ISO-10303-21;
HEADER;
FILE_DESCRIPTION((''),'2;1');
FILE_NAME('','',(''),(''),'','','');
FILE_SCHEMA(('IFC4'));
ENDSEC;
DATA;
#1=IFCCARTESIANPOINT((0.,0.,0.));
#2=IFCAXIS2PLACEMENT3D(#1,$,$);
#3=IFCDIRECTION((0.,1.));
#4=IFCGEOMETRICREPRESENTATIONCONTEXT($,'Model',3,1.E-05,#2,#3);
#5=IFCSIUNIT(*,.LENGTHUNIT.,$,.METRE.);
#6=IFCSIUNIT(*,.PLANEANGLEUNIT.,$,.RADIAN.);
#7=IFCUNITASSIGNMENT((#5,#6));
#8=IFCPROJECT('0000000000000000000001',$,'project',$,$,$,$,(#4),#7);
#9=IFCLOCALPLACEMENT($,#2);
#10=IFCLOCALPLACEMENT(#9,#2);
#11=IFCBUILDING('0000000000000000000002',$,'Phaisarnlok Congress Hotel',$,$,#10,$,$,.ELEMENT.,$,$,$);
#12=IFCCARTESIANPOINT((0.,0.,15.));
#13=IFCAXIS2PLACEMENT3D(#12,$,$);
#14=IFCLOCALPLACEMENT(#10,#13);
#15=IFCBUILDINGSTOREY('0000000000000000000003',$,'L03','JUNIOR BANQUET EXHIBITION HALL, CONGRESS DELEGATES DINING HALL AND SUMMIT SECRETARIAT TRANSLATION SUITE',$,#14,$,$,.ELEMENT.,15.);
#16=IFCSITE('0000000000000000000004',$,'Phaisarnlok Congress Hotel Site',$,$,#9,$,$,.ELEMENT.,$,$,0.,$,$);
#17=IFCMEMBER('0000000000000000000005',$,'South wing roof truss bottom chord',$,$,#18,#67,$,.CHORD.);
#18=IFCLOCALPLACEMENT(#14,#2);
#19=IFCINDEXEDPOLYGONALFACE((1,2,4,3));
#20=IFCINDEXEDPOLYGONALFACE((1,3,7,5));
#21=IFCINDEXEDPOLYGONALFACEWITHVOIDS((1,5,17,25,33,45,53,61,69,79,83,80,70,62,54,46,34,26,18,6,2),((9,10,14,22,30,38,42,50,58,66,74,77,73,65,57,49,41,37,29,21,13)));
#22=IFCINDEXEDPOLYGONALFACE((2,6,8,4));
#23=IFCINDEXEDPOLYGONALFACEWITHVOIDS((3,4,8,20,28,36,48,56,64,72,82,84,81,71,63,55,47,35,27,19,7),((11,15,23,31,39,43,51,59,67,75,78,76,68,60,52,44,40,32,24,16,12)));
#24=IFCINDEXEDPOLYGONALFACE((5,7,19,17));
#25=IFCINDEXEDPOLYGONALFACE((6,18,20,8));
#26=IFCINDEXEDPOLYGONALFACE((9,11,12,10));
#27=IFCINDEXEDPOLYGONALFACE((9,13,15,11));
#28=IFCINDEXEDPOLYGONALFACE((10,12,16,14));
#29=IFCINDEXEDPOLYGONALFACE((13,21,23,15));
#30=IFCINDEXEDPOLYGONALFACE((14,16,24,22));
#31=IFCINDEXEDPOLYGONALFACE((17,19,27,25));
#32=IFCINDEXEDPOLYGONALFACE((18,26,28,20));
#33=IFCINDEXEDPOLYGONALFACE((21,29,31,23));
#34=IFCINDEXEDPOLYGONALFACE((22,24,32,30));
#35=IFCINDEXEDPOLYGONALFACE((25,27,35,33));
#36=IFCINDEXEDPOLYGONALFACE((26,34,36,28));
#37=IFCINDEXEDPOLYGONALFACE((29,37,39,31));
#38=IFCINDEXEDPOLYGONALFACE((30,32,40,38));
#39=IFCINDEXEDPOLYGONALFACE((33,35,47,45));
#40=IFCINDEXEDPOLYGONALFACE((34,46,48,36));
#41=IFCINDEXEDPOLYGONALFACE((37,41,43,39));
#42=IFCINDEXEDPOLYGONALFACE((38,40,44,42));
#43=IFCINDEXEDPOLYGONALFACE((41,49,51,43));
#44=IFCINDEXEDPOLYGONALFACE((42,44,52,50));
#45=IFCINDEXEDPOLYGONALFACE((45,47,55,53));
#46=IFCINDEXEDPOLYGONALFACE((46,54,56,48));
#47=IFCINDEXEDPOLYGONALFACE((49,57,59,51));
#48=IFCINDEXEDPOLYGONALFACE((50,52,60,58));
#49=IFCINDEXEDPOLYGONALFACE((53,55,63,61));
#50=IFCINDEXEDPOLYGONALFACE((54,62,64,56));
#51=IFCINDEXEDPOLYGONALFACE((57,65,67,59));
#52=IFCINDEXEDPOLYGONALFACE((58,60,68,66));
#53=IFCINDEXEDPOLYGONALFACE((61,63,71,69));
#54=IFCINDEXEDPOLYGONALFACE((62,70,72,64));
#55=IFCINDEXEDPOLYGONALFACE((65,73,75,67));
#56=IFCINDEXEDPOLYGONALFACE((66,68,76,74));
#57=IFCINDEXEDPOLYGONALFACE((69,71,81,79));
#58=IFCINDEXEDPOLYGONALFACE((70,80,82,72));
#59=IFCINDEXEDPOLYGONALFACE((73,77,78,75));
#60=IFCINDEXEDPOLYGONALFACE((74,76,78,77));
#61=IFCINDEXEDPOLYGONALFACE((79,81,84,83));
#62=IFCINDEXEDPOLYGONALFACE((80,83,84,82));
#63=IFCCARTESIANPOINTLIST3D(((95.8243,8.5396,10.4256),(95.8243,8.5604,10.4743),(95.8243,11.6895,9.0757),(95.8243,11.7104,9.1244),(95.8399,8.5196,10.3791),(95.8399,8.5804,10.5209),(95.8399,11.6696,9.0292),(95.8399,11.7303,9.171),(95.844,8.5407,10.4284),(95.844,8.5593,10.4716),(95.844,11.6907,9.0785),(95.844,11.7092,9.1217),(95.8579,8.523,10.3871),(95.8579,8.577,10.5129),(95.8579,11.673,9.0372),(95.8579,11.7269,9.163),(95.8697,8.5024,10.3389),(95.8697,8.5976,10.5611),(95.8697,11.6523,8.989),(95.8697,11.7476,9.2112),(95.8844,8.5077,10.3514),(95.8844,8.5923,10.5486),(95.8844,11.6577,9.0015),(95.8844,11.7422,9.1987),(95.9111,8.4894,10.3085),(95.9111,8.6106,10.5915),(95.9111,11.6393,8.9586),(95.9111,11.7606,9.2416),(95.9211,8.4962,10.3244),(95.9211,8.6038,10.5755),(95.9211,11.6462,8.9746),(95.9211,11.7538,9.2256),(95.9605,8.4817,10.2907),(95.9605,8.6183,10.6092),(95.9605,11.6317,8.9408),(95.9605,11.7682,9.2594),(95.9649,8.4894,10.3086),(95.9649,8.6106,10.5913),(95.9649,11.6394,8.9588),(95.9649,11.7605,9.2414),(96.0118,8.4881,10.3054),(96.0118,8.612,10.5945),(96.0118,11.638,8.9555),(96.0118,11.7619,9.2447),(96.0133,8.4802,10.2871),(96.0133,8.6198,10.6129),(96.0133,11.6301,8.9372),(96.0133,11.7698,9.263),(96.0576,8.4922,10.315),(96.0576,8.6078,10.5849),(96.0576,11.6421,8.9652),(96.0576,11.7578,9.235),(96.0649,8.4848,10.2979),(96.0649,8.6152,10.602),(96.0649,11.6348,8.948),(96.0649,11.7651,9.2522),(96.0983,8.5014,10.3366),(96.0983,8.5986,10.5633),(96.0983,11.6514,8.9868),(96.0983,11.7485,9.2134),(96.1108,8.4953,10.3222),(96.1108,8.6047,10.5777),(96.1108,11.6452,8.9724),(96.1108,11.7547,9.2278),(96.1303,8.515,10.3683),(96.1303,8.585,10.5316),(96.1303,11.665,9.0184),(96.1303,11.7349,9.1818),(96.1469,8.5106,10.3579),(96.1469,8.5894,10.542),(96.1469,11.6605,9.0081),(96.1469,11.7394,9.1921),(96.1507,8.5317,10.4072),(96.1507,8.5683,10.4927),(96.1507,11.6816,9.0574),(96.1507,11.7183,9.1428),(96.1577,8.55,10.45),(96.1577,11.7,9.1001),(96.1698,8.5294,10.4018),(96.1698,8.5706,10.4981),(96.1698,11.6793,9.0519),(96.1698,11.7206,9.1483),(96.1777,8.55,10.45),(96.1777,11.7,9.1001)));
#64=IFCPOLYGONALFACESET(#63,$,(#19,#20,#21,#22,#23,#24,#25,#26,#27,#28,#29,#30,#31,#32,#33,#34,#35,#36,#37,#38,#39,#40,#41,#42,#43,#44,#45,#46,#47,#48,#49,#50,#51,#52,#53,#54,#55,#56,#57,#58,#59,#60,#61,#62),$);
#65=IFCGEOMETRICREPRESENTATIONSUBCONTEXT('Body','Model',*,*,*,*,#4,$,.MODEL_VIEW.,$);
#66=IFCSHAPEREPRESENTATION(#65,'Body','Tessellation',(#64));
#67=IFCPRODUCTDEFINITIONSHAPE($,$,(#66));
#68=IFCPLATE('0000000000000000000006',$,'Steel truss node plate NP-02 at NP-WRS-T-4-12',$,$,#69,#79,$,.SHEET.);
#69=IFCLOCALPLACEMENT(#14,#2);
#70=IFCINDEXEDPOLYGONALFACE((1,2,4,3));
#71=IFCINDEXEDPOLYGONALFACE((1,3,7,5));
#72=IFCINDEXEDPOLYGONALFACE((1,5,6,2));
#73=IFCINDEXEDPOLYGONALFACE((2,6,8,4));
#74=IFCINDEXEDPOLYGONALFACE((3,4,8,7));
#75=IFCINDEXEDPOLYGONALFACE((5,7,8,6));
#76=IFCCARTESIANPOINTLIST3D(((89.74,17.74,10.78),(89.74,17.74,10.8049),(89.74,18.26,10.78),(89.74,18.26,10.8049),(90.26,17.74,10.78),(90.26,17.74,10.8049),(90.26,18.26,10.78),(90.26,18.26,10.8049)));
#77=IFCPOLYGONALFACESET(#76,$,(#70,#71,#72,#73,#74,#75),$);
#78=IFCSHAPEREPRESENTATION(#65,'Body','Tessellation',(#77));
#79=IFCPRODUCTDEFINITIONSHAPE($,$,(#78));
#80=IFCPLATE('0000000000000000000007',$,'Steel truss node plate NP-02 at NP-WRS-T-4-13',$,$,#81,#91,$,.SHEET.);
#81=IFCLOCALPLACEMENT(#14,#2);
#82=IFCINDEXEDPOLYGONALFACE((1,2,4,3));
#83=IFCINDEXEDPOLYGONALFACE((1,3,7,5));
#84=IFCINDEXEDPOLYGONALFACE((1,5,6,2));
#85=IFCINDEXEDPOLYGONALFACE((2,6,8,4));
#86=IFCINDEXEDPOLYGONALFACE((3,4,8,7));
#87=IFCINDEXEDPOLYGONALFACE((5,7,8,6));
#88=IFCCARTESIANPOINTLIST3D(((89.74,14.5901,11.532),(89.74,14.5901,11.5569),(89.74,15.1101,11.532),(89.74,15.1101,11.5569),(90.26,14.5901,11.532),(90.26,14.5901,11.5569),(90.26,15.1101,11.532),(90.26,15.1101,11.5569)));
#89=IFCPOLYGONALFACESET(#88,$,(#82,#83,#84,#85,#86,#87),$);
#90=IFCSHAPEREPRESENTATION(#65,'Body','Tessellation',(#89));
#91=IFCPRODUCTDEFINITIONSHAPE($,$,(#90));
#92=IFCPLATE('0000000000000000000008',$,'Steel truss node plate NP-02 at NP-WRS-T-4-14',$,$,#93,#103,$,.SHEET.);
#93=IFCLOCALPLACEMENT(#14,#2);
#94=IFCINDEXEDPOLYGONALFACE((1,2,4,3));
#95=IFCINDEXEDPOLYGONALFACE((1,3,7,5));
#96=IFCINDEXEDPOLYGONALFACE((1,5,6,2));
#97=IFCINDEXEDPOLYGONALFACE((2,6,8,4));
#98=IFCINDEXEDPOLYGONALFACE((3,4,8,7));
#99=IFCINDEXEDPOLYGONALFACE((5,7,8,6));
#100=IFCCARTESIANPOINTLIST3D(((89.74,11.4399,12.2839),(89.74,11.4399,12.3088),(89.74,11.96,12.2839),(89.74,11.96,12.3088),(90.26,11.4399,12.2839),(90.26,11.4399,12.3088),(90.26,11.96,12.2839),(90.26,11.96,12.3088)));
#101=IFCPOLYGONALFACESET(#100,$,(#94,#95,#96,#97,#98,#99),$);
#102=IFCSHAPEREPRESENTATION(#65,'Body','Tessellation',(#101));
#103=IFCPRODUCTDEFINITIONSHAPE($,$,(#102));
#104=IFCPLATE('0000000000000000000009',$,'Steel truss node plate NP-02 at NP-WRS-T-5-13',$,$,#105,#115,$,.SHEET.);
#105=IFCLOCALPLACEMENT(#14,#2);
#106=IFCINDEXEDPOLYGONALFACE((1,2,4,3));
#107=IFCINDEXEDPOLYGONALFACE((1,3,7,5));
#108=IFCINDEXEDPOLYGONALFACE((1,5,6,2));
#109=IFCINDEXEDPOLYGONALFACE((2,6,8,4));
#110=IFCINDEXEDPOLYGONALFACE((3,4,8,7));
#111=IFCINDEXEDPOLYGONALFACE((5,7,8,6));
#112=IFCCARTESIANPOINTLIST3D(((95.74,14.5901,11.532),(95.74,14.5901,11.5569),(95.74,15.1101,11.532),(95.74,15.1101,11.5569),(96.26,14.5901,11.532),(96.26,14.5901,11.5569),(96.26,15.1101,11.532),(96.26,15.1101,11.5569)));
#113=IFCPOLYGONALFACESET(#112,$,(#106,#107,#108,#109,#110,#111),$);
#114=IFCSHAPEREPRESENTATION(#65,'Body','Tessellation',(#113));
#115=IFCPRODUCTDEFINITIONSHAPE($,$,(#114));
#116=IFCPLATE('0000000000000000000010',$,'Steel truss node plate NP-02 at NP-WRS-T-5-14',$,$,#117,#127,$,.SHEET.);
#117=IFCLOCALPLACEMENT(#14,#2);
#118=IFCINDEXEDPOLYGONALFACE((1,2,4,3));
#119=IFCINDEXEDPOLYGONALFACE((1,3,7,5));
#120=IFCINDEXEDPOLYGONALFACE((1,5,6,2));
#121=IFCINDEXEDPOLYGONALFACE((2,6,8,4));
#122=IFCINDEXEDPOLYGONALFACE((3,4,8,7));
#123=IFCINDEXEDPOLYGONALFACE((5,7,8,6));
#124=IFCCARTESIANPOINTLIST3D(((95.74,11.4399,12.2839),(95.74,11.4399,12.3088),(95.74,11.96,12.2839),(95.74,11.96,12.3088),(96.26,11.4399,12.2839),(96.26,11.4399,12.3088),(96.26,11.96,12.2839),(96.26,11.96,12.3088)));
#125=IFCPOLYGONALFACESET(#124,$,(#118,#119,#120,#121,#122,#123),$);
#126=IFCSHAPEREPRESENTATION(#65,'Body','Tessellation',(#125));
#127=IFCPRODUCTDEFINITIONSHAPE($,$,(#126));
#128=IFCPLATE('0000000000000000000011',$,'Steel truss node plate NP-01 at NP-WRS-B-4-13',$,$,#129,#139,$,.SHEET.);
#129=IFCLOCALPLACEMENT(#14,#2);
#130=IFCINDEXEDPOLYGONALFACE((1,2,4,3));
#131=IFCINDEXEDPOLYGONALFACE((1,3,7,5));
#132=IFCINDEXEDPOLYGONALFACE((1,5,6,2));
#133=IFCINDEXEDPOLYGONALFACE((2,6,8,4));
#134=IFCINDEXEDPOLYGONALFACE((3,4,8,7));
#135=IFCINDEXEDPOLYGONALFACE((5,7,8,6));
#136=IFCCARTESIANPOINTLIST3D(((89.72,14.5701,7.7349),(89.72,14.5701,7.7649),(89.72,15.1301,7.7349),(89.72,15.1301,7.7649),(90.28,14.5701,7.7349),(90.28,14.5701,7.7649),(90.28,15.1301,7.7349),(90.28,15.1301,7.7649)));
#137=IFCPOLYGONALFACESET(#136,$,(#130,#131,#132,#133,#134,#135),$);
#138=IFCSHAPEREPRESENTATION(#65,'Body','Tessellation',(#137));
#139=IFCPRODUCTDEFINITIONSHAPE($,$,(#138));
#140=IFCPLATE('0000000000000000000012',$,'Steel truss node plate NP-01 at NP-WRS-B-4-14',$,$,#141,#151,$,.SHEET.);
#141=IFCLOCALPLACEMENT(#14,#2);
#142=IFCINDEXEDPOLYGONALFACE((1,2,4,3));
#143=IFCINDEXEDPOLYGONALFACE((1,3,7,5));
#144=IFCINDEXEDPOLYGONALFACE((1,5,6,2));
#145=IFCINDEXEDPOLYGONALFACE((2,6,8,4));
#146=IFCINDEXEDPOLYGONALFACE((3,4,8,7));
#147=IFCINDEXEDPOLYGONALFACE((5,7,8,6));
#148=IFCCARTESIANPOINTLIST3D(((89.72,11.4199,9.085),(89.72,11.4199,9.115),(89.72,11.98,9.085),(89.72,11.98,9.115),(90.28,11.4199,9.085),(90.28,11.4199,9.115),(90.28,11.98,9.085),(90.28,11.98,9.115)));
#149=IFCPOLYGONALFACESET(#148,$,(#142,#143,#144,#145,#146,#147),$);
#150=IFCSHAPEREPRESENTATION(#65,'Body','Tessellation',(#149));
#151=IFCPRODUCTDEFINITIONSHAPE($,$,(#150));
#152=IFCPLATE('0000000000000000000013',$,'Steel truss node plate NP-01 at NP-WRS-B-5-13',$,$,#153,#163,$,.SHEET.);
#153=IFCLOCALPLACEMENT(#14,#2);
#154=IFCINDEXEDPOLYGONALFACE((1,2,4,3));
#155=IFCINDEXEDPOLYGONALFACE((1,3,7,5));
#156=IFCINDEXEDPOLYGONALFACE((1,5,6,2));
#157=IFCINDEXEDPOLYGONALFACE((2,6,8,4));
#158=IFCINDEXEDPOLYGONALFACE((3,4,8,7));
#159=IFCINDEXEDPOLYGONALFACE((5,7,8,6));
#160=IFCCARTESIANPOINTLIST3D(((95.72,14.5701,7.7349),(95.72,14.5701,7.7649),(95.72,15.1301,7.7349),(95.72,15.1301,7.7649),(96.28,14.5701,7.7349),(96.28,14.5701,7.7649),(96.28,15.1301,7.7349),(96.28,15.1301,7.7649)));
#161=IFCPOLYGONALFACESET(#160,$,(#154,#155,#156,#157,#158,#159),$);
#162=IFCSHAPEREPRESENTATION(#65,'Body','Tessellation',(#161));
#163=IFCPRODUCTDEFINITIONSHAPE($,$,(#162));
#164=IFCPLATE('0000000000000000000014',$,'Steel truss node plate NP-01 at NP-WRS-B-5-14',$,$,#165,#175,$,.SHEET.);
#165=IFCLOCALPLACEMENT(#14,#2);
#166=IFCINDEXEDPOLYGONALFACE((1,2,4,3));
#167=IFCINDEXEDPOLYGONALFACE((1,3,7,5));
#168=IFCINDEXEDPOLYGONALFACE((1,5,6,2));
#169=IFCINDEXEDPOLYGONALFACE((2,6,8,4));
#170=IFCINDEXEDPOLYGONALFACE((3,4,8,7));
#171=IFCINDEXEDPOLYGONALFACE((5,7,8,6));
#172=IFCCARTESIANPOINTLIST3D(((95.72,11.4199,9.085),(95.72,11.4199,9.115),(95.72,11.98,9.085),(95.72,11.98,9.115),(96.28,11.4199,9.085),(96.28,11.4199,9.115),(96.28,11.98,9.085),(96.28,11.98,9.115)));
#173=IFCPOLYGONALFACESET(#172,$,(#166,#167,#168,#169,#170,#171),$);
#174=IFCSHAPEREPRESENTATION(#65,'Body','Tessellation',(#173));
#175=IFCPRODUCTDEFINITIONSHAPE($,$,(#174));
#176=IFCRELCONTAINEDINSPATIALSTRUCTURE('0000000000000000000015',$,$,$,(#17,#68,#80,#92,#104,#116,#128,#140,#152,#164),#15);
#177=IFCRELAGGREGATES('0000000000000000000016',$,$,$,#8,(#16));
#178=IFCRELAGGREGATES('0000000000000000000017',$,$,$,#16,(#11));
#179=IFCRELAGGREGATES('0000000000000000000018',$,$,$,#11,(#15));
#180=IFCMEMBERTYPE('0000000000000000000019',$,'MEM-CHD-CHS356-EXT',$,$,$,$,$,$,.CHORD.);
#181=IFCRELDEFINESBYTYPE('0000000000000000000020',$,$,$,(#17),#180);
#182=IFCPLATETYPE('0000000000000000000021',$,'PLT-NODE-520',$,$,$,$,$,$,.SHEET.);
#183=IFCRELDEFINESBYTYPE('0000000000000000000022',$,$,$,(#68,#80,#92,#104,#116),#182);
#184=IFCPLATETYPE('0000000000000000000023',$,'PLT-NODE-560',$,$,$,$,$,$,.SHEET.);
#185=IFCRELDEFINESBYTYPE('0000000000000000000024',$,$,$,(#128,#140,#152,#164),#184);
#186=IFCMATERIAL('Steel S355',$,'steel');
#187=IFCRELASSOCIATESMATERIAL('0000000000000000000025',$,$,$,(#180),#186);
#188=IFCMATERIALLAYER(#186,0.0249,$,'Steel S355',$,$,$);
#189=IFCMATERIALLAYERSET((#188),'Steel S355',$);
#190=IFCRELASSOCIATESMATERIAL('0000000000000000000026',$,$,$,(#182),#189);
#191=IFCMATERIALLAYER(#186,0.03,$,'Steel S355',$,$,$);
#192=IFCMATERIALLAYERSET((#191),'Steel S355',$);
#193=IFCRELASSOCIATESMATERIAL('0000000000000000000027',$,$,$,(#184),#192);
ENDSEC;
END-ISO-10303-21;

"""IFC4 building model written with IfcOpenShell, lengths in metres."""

from ifc_helpers import new_model, si_unit, direction, frame, origin, origin_2d, place, context, subcontext, project, spatial, rectangle, hollow_circle, extrude, material, layer, layer_set, material_profile, profile_set, type_object, element, save


model = new_model("IFC4")

# Units and contexts
model_context = context("Model", 3, precision=1e-05, world=origin(), true_north=direction((0.0, 1.0)))
body_context = subcontext(model_context, "Body", "Model", "MODEL_VIEW")
ifc_project = project(units=[si_unit("LENGTHUNIT", "METRE"), si_unit("PLANEANGLEUNIT", "RADIAN")], contexts=[model_context])

# Site, building, storey
site_placement = place(None, origin())
site = spatial("IfcSite", under=ifc_project, at=site_placement, Name="Phaisarnlok Congress Hotel Site", CompositionType="ELEMENT", RefElevation=0.0)
building_placement = place(site_placement, origin())
building = spatial("IfcBuilding", under=site, at=building_placement, Name="Phaisarnlok Congress Hotel", CompositionType="ELEMENT")
storey_placement = place(building_placement, frame((0.0, 0.0, 15.0)))
storey = spatial("IfcBuildingStorey", under=building, at=storey_placement, Name="L03", Description="JUNIOR BANQUET EXHIBITION HALL, CONGRESS DELEGATES DINING HALL AND SUMMIT SECRETARIAT TRANSLATION SUITE", CompositionType="ELEMENT", Elevation=15.0)

# Shared definitions
ifc_material_1 = material(Name="Steel S355", Category="steel")

# Member
ifc_material_profile_1 = material_profile(ifc_material_1, hollow_circle(Radius=0.1777, WallThickness=0.02, at=origin_2d()), Name="CHS 355.6x20")
ifc_profile_set_1 = profile_set([ifc_material_profile_1], Name="Steel S355")
member_type_1 = type_object("IfcMemberType", Name="MEM-CHD-CHS356-EXT", PredefinedType="CHORD", material=ifc_profile_set_1)
member_1_placement = place(storey_placement, frame((96.0, 11.7, 9.1001), z_axis=(0.0, -0.919156, 0.393894), x_axis=(1.0, 0.0, 0.0)))
element("IfcMember", 1, at=member_1_placement, inside=storey, type_object=member_type_1, Name="South wing roof truss bottom chord", PredefinedType="CHORD", context=body_context, shape_type="SweptSolid", body=[
    extrude(hollow_circle(Radius=0.1777, WallThickness=0.02, at=origin_2d()), origin(), (0.0, 0.0, 1.0), 3.427),
])

# Plates
ifc_layer_1 = layer(ifc_material_1, 0.0249, Name="Steel S355")
ifc_layer_set_1 = layer_set([ifc_layer_1], Name="Steel S355")
plate_type_1 = type_object("IfcPlateType", Name="PLT-NODE-520", PredefinedType="SHEET", material=ifc_layer_set_1)
for number, where, z_axis, x_axis, name in (
    (2, (90.0, 18.0, 10.78), (0.0, 0.0, 1.0), (1.0, 0.0, 0.0), "Steel truss node plate NP-02 at NP-WRS-T-4-12"),
    (3, (90.0, 14.8501, 11.532), (0.0, 0.0, 1.0), (1.0, 0.0, 0.0), "Steel truss node plate NP-02 at NP-WRS-T-4-13"),
    (4, (90.0, 11.7, 12.2839), (0.0, 0.0, 1.0), (1.0, 0.0, 0.0), "Steel truss node plate NP-02 at NP-WRS-T-4-14"),
    (5, (96.0, 14.8501, 11.532), (0.0, 0.0, 1.0), (1.0, 0.0, 0.0), "Steel truss node plate NP-02 at NP-WRS-T-5-13"),
    (6, (96.0, 11.7, 12.2839), (0.0, 0.0, 1.0), (1.0, 0.0, 0.0), "Steel truss node plate NP-02 at NP-WRS-T-5-14"),
):
    element("IfcPlate", number, at=place(storey_placement, frame(where, z_axis=z_axis, x_axis=x_axis)), inside=storey, type_object=plate_type_1, Name=name, PredefinedType="SHEET", context=body_context, shape_type="SweptSolid", body=[
        extrude(rectangle(XDim=0.52, YDim=0.52, at=origin_2d()), origin(), (0.0, 0.0, 1.0), 0.0249),
    ])
ifc_layer_2 = layer(ifc_material_1, 0.03, Name="Steel S355")
ifc_layer_set_2 = layer_set([ifc_layer_2], Name="Steel S355")
plate_type_2 = type_object("IfcPlateType", Name="PLT-NODE-560", PredefinedType="SHEET", material=ifc_layer_set_2)
for number, where, z_axis, x_axis, name in (
    (7, (90.0, 14.8501, 7.7349), (0.0, 0.0, 1.0), (1.0, 0.0, 0.0), "Steel truss node plate NP-01 at NP-WRS-B-4-13"),
    (8, (90.0, 11.7, 9.085), (0.0, 0.0, 1.0), (1.0, 0.0, 0.0), "Steel truss node plate NP-01 at NP-WRS-B-4-14"),
    (9, (96.0, 14.8501, 7.7349), (0.0, 0.0, 1.0), (1.0, 0.0, 0.0), "Steel truss node plate NP-01 at NP-WRS-B-5-13"),
    (10, (96.0, 11.7, 9.085), (0.0, 0.0, 1.0), (1.0, 0.0, 0.0), "Steel truss node plate NP-01 at NP-WRS-B-5-14"),
):
    element("IfcPlate", number, at=place(storey_placement, frame(where, z_axis=z_axis, x_axis=x_axis)), inside=storey, type_object=plate_type_2, Name=name, PredefinedType="SHEET", context=body_context, shape_type="SweptSolid", body=[
        extrude(rectangle(XDim=0.5601, YDim=0.5601, at=origin_2d()), origin(), (0.0, 0.0, 1.0), 0.03),
    ])

save(model, "model.ifc")
